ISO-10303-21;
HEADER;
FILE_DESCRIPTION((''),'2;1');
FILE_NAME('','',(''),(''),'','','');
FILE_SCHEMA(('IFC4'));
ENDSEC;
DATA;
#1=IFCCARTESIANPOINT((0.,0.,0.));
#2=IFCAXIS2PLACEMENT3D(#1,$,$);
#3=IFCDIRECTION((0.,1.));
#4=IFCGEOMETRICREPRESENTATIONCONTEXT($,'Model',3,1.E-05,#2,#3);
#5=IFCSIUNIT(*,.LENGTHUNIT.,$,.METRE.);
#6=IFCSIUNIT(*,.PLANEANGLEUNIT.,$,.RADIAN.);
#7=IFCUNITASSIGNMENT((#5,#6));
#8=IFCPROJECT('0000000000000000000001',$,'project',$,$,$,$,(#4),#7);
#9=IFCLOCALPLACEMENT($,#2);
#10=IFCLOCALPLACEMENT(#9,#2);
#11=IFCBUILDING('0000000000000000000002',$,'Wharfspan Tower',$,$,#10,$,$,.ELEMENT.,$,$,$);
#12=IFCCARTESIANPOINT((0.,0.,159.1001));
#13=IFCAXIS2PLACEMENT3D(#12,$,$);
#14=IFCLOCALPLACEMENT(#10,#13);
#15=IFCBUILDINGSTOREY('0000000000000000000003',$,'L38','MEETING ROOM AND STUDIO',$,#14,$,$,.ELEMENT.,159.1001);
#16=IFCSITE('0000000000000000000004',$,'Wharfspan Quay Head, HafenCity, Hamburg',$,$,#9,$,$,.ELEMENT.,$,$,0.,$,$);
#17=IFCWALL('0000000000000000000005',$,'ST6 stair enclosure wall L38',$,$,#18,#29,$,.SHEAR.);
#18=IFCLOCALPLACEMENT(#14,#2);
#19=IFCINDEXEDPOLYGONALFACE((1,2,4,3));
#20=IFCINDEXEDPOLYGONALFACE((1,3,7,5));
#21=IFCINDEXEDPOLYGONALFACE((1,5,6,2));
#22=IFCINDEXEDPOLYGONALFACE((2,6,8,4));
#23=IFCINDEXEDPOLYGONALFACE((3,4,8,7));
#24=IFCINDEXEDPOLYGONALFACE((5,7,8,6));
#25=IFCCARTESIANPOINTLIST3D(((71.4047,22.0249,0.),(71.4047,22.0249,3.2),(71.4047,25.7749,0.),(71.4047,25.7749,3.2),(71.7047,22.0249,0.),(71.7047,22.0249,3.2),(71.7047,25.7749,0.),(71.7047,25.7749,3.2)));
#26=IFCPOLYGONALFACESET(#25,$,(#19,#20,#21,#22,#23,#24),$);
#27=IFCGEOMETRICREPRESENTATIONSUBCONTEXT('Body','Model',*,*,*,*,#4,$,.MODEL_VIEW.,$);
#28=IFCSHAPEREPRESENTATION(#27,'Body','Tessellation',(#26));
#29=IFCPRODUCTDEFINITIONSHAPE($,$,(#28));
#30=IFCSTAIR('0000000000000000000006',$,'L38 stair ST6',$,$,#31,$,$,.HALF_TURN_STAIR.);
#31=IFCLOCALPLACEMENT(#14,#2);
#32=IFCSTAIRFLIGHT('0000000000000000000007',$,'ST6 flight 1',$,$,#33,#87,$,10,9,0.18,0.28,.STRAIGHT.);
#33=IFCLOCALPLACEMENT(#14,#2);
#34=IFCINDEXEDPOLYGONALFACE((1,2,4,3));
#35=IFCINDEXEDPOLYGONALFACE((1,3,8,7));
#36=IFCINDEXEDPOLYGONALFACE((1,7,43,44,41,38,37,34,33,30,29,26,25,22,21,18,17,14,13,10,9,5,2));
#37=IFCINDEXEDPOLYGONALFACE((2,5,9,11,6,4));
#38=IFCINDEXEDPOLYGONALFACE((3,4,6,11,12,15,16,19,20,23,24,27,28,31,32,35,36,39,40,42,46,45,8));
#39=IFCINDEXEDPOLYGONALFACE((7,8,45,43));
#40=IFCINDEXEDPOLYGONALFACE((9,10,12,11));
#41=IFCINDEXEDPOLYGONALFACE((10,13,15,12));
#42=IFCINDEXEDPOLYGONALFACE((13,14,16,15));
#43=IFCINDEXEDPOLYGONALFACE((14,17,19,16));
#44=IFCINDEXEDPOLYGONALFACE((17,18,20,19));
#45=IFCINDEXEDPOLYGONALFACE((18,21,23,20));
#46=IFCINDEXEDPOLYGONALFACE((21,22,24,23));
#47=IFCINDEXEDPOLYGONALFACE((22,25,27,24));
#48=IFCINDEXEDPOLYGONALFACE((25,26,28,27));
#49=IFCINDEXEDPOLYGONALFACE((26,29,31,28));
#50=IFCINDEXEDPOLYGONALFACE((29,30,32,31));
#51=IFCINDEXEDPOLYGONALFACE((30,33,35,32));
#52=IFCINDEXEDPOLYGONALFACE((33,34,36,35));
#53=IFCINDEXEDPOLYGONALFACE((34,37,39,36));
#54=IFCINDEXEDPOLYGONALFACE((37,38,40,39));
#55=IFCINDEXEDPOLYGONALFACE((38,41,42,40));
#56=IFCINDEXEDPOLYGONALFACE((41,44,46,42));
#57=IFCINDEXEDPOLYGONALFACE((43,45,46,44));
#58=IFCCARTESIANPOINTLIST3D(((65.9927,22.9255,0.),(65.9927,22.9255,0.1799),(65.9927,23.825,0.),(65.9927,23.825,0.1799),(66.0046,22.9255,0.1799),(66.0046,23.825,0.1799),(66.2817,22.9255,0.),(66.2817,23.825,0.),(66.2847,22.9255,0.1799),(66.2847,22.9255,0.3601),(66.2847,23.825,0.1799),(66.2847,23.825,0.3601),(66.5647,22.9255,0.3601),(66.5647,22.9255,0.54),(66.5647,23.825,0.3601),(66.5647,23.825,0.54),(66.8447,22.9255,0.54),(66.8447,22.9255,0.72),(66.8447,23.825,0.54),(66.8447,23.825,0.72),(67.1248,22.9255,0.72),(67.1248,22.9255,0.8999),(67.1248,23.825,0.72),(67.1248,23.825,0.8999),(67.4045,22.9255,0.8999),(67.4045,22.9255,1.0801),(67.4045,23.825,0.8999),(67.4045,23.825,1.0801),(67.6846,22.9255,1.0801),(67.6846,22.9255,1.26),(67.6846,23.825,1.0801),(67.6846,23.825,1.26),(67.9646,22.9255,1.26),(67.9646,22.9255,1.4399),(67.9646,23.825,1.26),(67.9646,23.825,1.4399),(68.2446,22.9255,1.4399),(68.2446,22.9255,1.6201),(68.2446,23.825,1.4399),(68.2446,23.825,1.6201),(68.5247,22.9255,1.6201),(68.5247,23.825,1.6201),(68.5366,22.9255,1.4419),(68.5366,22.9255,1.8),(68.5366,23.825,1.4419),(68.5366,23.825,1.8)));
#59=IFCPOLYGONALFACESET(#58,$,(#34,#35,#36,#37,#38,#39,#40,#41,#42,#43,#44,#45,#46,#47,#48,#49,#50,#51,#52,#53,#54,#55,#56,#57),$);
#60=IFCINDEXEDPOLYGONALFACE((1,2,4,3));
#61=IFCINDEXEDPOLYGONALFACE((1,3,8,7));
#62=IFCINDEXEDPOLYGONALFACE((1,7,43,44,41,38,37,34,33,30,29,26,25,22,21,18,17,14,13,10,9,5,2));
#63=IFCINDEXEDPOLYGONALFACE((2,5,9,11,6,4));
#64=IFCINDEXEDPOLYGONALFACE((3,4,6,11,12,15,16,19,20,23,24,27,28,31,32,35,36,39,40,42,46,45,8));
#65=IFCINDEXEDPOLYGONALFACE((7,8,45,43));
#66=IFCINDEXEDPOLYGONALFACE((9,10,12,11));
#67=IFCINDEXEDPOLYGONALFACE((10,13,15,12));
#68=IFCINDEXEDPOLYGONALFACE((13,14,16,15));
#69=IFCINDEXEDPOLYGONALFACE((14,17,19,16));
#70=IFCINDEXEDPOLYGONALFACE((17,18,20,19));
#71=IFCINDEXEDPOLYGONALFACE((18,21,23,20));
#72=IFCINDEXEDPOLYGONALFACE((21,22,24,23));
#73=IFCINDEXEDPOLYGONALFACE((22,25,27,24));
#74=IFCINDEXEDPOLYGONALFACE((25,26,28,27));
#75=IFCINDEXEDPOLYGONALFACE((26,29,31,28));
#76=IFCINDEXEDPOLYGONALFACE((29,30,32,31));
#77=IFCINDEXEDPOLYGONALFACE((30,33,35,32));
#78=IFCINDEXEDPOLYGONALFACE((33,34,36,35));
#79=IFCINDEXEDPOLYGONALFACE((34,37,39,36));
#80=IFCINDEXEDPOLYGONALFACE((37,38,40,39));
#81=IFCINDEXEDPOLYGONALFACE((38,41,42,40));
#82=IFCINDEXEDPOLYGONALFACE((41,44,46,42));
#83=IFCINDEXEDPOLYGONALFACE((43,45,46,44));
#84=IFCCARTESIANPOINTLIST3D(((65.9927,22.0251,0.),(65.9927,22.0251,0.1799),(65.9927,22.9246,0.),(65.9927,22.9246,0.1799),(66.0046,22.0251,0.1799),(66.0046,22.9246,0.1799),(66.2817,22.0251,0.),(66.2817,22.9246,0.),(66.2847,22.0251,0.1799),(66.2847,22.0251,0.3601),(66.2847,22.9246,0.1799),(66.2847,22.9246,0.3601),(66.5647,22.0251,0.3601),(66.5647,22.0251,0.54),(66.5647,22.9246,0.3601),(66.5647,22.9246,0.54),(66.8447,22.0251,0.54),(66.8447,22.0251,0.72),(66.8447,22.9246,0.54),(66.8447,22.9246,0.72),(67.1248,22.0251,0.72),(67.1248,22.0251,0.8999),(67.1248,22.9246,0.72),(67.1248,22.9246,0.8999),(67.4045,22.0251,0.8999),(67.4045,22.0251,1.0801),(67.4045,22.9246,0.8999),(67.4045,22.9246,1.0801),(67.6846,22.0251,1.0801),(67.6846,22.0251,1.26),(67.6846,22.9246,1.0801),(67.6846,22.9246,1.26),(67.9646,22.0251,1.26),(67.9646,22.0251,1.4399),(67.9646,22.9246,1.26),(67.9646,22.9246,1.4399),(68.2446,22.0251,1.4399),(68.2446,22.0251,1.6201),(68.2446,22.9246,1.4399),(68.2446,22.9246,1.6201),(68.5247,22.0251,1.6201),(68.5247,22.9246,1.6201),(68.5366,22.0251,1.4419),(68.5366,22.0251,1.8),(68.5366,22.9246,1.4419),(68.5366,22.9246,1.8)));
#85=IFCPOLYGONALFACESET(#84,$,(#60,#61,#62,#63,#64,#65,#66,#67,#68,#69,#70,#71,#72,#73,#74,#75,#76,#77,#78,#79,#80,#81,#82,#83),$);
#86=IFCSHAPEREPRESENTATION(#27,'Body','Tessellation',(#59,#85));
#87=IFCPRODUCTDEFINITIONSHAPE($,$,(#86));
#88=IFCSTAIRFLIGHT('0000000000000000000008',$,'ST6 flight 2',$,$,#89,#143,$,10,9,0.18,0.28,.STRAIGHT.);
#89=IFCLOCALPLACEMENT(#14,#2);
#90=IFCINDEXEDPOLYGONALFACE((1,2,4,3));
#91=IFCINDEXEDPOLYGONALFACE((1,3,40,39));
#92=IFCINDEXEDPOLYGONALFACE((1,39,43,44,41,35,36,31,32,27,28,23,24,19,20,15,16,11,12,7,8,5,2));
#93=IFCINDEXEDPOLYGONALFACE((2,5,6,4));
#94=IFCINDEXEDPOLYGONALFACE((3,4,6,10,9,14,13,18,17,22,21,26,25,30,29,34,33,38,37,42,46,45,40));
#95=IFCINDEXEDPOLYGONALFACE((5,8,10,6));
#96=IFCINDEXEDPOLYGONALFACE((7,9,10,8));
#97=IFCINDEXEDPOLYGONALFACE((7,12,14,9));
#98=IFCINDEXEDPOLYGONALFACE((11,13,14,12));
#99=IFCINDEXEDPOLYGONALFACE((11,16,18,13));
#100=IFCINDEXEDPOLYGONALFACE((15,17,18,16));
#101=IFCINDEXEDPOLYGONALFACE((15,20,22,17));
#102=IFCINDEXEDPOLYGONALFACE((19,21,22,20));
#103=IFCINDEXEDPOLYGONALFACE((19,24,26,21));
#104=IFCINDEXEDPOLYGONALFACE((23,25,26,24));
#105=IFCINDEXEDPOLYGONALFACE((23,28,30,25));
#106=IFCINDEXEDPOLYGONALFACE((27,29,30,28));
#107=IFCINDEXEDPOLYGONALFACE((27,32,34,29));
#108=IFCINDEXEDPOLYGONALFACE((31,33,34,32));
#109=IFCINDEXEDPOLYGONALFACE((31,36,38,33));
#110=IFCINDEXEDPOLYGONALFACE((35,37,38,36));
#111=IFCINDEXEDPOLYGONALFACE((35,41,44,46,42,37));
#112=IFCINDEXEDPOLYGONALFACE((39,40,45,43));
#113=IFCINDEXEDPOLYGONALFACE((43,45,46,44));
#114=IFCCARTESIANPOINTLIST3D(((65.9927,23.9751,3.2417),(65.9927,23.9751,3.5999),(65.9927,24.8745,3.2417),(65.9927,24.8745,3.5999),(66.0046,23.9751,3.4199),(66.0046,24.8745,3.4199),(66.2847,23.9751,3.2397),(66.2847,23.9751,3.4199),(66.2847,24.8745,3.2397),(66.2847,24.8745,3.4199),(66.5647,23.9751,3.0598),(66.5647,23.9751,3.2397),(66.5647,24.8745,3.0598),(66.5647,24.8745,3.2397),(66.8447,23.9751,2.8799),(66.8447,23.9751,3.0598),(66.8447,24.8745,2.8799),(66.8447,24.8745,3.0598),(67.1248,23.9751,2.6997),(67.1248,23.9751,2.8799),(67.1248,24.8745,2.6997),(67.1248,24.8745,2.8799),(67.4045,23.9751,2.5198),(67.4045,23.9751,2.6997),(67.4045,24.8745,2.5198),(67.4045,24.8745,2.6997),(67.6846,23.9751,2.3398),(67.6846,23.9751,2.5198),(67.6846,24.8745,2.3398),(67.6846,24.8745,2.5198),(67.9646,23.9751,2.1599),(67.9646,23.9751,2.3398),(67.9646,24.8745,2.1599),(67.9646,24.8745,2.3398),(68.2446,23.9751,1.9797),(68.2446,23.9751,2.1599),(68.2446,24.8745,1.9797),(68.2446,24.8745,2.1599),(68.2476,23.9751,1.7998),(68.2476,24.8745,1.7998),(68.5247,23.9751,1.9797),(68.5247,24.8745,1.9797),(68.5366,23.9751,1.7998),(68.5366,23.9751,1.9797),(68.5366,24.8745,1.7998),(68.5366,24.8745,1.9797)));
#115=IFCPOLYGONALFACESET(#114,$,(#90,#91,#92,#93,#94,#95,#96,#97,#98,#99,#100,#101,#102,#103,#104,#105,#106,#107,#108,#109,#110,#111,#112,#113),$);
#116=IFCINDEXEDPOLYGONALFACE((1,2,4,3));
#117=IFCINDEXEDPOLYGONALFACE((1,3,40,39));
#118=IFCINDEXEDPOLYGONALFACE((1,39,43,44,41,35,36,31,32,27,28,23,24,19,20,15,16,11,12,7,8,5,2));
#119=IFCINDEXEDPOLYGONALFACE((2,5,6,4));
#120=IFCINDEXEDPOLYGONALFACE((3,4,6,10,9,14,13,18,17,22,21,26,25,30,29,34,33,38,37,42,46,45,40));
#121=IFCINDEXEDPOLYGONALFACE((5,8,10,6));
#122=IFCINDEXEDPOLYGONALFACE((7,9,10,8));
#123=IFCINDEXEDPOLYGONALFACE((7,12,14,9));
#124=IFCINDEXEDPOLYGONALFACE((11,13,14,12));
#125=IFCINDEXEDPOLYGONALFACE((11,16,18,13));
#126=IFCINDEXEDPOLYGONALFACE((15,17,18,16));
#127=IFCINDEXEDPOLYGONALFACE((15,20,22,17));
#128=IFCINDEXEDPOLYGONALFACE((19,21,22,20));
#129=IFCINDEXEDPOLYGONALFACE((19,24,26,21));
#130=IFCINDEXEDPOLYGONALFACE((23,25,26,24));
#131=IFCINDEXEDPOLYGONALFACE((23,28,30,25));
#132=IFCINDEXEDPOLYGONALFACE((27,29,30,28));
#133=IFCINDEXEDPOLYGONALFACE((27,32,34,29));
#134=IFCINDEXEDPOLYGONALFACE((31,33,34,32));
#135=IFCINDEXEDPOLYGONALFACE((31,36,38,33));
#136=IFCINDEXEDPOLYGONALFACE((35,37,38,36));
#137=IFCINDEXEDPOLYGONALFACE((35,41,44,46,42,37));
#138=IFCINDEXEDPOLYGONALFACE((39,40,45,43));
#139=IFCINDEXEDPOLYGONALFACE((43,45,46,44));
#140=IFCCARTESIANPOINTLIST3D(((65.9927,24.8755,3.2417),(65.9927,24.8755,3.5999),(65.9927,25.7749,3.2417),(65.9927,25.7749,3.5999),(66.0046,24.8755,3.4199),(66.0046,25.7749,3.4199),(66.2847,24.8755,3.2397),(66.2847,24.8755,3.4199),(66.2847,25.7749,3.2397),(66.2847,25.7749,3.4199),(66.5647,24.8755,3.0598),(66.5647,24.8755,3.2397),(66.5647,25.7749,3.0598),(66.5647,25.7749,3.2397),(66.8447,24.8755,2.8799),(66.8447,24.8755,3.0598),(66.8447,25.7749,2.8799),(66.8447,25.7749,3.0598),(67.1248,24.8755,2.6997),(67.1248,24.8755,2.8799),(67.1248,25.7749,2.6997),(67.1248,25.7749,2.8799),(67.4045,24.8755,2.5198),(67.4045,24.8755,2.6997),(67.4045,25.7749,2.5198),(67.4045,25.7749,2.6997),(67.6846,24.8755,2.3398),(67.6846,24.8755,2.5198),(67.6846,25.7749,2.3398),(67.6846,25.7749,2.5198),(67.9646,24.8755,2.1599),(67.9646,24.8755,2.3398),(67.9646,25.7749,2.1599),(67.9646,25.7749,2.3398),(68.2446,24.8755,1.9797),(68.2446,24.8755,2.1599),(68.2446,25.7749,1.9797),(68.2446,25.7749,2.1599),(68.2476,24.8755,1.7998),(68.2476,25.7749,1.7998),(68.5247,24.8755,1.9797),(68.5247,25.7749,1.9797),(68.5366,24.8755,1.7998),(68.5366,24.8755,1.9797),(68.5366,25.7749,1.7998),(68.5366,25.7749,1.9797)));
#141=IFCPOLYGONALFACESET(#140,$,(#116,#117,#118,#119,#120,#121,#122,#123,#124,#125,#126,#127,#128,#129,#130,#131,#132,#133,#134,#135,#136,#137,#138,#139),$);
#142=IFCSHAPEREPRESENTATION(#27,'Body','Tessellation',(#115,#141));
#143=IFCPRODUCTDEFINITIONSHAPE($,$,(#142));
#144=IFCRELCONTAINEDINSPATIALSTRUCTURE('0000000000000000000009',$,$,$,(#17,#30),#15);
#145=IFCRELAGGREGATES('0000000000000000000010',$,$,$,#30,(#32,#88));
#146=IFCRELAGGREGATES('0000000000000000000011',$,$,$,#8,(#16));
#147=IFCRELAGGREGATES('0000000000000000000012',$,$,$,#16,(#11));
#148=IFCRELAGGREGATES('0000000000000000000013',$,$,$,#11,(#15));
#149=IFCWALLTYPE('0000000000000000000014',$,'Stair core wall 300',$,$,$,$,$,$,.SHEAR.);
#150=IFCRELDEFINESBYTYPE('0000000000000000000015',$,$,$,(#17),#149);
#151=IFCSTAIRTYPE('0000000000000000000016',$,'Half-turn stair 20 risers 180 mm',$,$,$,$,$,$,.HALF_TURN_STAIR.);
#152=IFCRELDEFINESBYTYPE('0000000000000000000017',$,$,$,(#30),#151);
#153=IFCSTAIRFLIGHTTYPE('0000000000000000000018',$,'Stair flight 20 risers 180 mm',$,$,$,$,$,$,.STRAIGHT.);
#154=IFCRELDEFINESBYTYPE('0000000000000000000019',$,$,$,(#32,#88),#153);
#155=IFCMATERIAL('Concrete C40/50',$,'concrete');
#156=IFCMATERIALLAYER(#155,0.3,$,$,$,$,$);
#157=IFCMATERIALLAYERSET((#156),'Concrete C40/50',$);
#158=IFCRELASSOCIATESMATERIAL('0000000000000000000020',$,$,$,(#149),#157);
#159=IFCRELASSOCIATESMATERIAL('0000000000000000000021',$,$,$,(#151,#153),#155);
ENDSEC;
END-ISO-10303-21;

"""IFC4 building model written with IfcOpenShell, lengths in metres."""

from ifc_helpers import new_model, si_unit, direction, frame, frame_2d, origin, place, context, subcontext, project, spatial, polyline, rectangle, outline, extrude, material, layer, layer_set, type_object, element, aggregate, save


model = new_model("IFC4")

# Units and contexts
model_context = context("Model", 3, precision=1e-05, world=origin(), true_north=direction((0.0, 1.0)))
body_context = subcontext(model_context, "Body", "Model", "MODEL_VIEW")
ifc_project = project(units=[si_unit("LENGTHUNIT", "METRE"), si_unit("PLANEANGLEUNIT", "RADIAN")], contexts=[model_context])

# Site, building, storey
site_placement = place(None, origin())
site = spatial("IfcSite", under=ifc_project, at=site_placement, Name="Wharfspan Quay Head, HafenCity, Hamburg", CompositionType="ELEMENT", RefElevation=0.0)
building_placement = place(site_placement, origin())
building = spatial("IfcBuilding", under=site, at=building_placement, Name="Wharfspan Tower", CompositionType="ELEMENT")
storey_placement = place(building_placement, frame((0.0, 0.0, 159.1001)))
storey = spatial("IfcBuildingStorey", under=building, at=storey_placement, Name="L38", Description="MEETING ROOM AND STUDIO", CompositionType="ELEMENT", Elevation=159.1001)

# Shared definitions
ifc_material_1 = material(Name="Concrete C40/50", Category="concrete")
ifc_layer_1 = layer(ifc_material_1, 0.3)
ifc_layer_set_1 = layer_set([ifc_layer_1], Name="Concrete C40/50")
wall_type_1 = type_object("IfcWallType", Name="Stair core wall 300", PredefinedType="SHEAR", material=ifc_layer_set_1)

# Wall
wall_1_placement = place(storey_placement, frame((71.5547, 22.0249, 0.0), z_axis=(0.0, 0.0, 1.0), x_axis=(0.0, 1.0, 0.0)))
element("IfcWall", 1, at=wall_1_placement, inside=storey, type_object=wall_type_1, Name="ST6 stair enclosure wall L38", PredefinedType="SHEAR", context=body_context, shape_type="SweptSolid", body=[
    extrude(rectangle(XDim=3.75, YDim=0.3, at=frame_2d((1.875, 0.0))), origin(), (0.0, 0.0, 1.0), 3.2),
])

# Stair, stair flights
stair_type = type_object("IfcStairType", Name="Half-turn stair 20 risers 180 mm", PredefinedType="HALF_TURN_STAIR", material=ifc_material_1)
stair_placement = place(storey_placement, origin())
stair = element("IfcStair", 2, at=stair_placement, inside=storey, type_object=stair_type, Name="L38 stair ST6", PredefinedType="HALF_TURN_STAIR")
stair_flight_type = type_object("IfcStairFlightType", Name="Stair flight 20 risers 180 mm", PredefinedType="STRAIGHT", material=ifc_material_1)
stair_flight_1_placement = place(storey_placement, frame((66.0046, 22.925, 0.0), z_axis=(0.0, 0.0, 1.0), x_axis=(1.0, 0.0, 0.0)))
stair_flight_1 = element("IfcStairFlight", 3, at=stair_flight_1_placement, type_object=stair_flight_type, Name="ST6 flight 1", NumberOfRisers=10, NumberOfTreads=9, PredefinedType="STRAIGHT", RiserHeight=0.18, TreadLength=0.28, context=body_context, shape_type="SweptSolid", body=[
    extrude(outline(polyline([(-0.012, 0.0), (-0.012, 0.1799), (0.0, 0.1799), (0.28, 0.1799), (0.28, 0.3601), (0.5601, 0.3601), (0.5601, 0.54), (0.8401, 0.54), (0.8401, 0.72), (1.1201, 0.72), (1.1201, 0.8999), (1.3999, 0.8999), (1.3999, 1.0801), (1.6799, 1.0801), (1.6799, 1.26), (1.96, 1.26), (1.96, 1.4399), (2.24, 1.4399), (2.24, 1.6201), (2.52, 1.6201), (2.532, 1.8), (2.532, 1.4419), (0.2771, 0.0), (-0.012, 0.0)])), frame((0.0, 0.8999, 0.0), z_axis=(0.0, -1.0, 0.0), x_axis=(1.0, 0.0, 0.0)), (0.0, 0.0, 1.0), 0.8994),
    extrude(outline(polyline([(-0.012, 0.0), (-0.012, 0.1799), (0.0, 0.1799), (0.28, 0.1799), (0.28, 0.3601), (0.5601, 0.3601), (0.5601, 0.54), (0.8401, 0.54), (0.8401, 0.72), (1.1201, 0.72), (1.1201, 0.8999), (1.3999, 0.8999), (1.3999, 1.0801), (1.6799, 1.0801), (1.6799, 1.26), (1.96, 1.26), (1.96, 1.4399), (2.24, 1.4399), (2.24, 1.6201), (2.52, 1.6201), (2.532, 1.8), (2.532, 1.4419), (0.2771, 0.0), (-0.012, 0.0)])), frame((0.0, -0.0005, 0.0), z_axis=(0.0, -1.0, 0.0), x_axis=(1.0, 0.0, 0.0)), (0.0, 0.0, 1.0), 0.8994),
])
stair_flight_2_placement = place(storey_placement, frame((68.5247, 24.875, 1.7998), z_axis=(0.0, 0.0, 1.0), x_axis=(-1.0, 0.0, 0.0)))
stair_flight_2 = element("IfcStairFlight", 4, at=stair_flight_2_placement, type_object=stair_flight_type, Name="ST6 flight 2", NumberOfRisers=10, NumberOfTreads=9, PredefinedType="STRAIGHT", RiserHeight=0.18, TreadLength=0.28, context=body_context, shape_type="SweptSolid", body=[
    extrude(outline(polyline([(-0.012, 0.0), (-0.012, 0.1799), (0.0, 0.1799), (0.28, 0.1799), (0.28, 0.3601), (0.5601, 0.3601), (0.5601, 0.54), (0.8401, 0.54), (0.8401, 0.72), (1.1201, 0.72), (1.1201, 0.8999), (1.3999, 0.8999), (1.3999, 1.0801), (1.6799, 1.0801), (1.6799, 1.26), (1.96, 1.26), (1.96, 1.4399), (2.24, 1.4399), (2.24, 1.6201), (2.52, 1.6201), (2.532, 1.8), (2.532, 1.4419), (0.2771, 0.0), (-0.012, 0.0)])), frame((0.0, 0.8999, 0.0), z_axis=(0.0, -1.0, 0.0), x_axis=(1.0, 0.0, 0.0)), (0.0, 0.0, 1.0), 0.8994),
    extrude(outline(polyline([(-0.012, 0.0), (-0.012, 0.1799), (0.0, 0.1799), (0.28, 0.1799), (0.28, 0.3601), (0.5601, 0.3601), (0.5601, 0.54), (0.8401, 0.54), (0.8401, 0.72), (1.1201, 0.72), (1.1201, 0.8999), (1.3999, 0.8999), (1.3999, 1.0801), (1.6799, 1.0801), (1.6799, 1.26), (1.96, 1.26), (1.96, 1.4399), (2.24, 1.4399), (2.24, 1.6201), (2.52, 1.6201), (2.532, 1.8), (2.532, 1.4419), (0.2771, 0.0), (-0.012, 0.0)])), frame((0.0, -0.0005, 0.0), z_axis=(0.0, -1.0, 0.0), x_axis=(1.0, 0.0, 0.0)), (0.0, 0.0, 1.0), 0.8994),
])
aggregate(stair, [stair_flight_1, stair_flight_2])

save(model, "model.ifc")
